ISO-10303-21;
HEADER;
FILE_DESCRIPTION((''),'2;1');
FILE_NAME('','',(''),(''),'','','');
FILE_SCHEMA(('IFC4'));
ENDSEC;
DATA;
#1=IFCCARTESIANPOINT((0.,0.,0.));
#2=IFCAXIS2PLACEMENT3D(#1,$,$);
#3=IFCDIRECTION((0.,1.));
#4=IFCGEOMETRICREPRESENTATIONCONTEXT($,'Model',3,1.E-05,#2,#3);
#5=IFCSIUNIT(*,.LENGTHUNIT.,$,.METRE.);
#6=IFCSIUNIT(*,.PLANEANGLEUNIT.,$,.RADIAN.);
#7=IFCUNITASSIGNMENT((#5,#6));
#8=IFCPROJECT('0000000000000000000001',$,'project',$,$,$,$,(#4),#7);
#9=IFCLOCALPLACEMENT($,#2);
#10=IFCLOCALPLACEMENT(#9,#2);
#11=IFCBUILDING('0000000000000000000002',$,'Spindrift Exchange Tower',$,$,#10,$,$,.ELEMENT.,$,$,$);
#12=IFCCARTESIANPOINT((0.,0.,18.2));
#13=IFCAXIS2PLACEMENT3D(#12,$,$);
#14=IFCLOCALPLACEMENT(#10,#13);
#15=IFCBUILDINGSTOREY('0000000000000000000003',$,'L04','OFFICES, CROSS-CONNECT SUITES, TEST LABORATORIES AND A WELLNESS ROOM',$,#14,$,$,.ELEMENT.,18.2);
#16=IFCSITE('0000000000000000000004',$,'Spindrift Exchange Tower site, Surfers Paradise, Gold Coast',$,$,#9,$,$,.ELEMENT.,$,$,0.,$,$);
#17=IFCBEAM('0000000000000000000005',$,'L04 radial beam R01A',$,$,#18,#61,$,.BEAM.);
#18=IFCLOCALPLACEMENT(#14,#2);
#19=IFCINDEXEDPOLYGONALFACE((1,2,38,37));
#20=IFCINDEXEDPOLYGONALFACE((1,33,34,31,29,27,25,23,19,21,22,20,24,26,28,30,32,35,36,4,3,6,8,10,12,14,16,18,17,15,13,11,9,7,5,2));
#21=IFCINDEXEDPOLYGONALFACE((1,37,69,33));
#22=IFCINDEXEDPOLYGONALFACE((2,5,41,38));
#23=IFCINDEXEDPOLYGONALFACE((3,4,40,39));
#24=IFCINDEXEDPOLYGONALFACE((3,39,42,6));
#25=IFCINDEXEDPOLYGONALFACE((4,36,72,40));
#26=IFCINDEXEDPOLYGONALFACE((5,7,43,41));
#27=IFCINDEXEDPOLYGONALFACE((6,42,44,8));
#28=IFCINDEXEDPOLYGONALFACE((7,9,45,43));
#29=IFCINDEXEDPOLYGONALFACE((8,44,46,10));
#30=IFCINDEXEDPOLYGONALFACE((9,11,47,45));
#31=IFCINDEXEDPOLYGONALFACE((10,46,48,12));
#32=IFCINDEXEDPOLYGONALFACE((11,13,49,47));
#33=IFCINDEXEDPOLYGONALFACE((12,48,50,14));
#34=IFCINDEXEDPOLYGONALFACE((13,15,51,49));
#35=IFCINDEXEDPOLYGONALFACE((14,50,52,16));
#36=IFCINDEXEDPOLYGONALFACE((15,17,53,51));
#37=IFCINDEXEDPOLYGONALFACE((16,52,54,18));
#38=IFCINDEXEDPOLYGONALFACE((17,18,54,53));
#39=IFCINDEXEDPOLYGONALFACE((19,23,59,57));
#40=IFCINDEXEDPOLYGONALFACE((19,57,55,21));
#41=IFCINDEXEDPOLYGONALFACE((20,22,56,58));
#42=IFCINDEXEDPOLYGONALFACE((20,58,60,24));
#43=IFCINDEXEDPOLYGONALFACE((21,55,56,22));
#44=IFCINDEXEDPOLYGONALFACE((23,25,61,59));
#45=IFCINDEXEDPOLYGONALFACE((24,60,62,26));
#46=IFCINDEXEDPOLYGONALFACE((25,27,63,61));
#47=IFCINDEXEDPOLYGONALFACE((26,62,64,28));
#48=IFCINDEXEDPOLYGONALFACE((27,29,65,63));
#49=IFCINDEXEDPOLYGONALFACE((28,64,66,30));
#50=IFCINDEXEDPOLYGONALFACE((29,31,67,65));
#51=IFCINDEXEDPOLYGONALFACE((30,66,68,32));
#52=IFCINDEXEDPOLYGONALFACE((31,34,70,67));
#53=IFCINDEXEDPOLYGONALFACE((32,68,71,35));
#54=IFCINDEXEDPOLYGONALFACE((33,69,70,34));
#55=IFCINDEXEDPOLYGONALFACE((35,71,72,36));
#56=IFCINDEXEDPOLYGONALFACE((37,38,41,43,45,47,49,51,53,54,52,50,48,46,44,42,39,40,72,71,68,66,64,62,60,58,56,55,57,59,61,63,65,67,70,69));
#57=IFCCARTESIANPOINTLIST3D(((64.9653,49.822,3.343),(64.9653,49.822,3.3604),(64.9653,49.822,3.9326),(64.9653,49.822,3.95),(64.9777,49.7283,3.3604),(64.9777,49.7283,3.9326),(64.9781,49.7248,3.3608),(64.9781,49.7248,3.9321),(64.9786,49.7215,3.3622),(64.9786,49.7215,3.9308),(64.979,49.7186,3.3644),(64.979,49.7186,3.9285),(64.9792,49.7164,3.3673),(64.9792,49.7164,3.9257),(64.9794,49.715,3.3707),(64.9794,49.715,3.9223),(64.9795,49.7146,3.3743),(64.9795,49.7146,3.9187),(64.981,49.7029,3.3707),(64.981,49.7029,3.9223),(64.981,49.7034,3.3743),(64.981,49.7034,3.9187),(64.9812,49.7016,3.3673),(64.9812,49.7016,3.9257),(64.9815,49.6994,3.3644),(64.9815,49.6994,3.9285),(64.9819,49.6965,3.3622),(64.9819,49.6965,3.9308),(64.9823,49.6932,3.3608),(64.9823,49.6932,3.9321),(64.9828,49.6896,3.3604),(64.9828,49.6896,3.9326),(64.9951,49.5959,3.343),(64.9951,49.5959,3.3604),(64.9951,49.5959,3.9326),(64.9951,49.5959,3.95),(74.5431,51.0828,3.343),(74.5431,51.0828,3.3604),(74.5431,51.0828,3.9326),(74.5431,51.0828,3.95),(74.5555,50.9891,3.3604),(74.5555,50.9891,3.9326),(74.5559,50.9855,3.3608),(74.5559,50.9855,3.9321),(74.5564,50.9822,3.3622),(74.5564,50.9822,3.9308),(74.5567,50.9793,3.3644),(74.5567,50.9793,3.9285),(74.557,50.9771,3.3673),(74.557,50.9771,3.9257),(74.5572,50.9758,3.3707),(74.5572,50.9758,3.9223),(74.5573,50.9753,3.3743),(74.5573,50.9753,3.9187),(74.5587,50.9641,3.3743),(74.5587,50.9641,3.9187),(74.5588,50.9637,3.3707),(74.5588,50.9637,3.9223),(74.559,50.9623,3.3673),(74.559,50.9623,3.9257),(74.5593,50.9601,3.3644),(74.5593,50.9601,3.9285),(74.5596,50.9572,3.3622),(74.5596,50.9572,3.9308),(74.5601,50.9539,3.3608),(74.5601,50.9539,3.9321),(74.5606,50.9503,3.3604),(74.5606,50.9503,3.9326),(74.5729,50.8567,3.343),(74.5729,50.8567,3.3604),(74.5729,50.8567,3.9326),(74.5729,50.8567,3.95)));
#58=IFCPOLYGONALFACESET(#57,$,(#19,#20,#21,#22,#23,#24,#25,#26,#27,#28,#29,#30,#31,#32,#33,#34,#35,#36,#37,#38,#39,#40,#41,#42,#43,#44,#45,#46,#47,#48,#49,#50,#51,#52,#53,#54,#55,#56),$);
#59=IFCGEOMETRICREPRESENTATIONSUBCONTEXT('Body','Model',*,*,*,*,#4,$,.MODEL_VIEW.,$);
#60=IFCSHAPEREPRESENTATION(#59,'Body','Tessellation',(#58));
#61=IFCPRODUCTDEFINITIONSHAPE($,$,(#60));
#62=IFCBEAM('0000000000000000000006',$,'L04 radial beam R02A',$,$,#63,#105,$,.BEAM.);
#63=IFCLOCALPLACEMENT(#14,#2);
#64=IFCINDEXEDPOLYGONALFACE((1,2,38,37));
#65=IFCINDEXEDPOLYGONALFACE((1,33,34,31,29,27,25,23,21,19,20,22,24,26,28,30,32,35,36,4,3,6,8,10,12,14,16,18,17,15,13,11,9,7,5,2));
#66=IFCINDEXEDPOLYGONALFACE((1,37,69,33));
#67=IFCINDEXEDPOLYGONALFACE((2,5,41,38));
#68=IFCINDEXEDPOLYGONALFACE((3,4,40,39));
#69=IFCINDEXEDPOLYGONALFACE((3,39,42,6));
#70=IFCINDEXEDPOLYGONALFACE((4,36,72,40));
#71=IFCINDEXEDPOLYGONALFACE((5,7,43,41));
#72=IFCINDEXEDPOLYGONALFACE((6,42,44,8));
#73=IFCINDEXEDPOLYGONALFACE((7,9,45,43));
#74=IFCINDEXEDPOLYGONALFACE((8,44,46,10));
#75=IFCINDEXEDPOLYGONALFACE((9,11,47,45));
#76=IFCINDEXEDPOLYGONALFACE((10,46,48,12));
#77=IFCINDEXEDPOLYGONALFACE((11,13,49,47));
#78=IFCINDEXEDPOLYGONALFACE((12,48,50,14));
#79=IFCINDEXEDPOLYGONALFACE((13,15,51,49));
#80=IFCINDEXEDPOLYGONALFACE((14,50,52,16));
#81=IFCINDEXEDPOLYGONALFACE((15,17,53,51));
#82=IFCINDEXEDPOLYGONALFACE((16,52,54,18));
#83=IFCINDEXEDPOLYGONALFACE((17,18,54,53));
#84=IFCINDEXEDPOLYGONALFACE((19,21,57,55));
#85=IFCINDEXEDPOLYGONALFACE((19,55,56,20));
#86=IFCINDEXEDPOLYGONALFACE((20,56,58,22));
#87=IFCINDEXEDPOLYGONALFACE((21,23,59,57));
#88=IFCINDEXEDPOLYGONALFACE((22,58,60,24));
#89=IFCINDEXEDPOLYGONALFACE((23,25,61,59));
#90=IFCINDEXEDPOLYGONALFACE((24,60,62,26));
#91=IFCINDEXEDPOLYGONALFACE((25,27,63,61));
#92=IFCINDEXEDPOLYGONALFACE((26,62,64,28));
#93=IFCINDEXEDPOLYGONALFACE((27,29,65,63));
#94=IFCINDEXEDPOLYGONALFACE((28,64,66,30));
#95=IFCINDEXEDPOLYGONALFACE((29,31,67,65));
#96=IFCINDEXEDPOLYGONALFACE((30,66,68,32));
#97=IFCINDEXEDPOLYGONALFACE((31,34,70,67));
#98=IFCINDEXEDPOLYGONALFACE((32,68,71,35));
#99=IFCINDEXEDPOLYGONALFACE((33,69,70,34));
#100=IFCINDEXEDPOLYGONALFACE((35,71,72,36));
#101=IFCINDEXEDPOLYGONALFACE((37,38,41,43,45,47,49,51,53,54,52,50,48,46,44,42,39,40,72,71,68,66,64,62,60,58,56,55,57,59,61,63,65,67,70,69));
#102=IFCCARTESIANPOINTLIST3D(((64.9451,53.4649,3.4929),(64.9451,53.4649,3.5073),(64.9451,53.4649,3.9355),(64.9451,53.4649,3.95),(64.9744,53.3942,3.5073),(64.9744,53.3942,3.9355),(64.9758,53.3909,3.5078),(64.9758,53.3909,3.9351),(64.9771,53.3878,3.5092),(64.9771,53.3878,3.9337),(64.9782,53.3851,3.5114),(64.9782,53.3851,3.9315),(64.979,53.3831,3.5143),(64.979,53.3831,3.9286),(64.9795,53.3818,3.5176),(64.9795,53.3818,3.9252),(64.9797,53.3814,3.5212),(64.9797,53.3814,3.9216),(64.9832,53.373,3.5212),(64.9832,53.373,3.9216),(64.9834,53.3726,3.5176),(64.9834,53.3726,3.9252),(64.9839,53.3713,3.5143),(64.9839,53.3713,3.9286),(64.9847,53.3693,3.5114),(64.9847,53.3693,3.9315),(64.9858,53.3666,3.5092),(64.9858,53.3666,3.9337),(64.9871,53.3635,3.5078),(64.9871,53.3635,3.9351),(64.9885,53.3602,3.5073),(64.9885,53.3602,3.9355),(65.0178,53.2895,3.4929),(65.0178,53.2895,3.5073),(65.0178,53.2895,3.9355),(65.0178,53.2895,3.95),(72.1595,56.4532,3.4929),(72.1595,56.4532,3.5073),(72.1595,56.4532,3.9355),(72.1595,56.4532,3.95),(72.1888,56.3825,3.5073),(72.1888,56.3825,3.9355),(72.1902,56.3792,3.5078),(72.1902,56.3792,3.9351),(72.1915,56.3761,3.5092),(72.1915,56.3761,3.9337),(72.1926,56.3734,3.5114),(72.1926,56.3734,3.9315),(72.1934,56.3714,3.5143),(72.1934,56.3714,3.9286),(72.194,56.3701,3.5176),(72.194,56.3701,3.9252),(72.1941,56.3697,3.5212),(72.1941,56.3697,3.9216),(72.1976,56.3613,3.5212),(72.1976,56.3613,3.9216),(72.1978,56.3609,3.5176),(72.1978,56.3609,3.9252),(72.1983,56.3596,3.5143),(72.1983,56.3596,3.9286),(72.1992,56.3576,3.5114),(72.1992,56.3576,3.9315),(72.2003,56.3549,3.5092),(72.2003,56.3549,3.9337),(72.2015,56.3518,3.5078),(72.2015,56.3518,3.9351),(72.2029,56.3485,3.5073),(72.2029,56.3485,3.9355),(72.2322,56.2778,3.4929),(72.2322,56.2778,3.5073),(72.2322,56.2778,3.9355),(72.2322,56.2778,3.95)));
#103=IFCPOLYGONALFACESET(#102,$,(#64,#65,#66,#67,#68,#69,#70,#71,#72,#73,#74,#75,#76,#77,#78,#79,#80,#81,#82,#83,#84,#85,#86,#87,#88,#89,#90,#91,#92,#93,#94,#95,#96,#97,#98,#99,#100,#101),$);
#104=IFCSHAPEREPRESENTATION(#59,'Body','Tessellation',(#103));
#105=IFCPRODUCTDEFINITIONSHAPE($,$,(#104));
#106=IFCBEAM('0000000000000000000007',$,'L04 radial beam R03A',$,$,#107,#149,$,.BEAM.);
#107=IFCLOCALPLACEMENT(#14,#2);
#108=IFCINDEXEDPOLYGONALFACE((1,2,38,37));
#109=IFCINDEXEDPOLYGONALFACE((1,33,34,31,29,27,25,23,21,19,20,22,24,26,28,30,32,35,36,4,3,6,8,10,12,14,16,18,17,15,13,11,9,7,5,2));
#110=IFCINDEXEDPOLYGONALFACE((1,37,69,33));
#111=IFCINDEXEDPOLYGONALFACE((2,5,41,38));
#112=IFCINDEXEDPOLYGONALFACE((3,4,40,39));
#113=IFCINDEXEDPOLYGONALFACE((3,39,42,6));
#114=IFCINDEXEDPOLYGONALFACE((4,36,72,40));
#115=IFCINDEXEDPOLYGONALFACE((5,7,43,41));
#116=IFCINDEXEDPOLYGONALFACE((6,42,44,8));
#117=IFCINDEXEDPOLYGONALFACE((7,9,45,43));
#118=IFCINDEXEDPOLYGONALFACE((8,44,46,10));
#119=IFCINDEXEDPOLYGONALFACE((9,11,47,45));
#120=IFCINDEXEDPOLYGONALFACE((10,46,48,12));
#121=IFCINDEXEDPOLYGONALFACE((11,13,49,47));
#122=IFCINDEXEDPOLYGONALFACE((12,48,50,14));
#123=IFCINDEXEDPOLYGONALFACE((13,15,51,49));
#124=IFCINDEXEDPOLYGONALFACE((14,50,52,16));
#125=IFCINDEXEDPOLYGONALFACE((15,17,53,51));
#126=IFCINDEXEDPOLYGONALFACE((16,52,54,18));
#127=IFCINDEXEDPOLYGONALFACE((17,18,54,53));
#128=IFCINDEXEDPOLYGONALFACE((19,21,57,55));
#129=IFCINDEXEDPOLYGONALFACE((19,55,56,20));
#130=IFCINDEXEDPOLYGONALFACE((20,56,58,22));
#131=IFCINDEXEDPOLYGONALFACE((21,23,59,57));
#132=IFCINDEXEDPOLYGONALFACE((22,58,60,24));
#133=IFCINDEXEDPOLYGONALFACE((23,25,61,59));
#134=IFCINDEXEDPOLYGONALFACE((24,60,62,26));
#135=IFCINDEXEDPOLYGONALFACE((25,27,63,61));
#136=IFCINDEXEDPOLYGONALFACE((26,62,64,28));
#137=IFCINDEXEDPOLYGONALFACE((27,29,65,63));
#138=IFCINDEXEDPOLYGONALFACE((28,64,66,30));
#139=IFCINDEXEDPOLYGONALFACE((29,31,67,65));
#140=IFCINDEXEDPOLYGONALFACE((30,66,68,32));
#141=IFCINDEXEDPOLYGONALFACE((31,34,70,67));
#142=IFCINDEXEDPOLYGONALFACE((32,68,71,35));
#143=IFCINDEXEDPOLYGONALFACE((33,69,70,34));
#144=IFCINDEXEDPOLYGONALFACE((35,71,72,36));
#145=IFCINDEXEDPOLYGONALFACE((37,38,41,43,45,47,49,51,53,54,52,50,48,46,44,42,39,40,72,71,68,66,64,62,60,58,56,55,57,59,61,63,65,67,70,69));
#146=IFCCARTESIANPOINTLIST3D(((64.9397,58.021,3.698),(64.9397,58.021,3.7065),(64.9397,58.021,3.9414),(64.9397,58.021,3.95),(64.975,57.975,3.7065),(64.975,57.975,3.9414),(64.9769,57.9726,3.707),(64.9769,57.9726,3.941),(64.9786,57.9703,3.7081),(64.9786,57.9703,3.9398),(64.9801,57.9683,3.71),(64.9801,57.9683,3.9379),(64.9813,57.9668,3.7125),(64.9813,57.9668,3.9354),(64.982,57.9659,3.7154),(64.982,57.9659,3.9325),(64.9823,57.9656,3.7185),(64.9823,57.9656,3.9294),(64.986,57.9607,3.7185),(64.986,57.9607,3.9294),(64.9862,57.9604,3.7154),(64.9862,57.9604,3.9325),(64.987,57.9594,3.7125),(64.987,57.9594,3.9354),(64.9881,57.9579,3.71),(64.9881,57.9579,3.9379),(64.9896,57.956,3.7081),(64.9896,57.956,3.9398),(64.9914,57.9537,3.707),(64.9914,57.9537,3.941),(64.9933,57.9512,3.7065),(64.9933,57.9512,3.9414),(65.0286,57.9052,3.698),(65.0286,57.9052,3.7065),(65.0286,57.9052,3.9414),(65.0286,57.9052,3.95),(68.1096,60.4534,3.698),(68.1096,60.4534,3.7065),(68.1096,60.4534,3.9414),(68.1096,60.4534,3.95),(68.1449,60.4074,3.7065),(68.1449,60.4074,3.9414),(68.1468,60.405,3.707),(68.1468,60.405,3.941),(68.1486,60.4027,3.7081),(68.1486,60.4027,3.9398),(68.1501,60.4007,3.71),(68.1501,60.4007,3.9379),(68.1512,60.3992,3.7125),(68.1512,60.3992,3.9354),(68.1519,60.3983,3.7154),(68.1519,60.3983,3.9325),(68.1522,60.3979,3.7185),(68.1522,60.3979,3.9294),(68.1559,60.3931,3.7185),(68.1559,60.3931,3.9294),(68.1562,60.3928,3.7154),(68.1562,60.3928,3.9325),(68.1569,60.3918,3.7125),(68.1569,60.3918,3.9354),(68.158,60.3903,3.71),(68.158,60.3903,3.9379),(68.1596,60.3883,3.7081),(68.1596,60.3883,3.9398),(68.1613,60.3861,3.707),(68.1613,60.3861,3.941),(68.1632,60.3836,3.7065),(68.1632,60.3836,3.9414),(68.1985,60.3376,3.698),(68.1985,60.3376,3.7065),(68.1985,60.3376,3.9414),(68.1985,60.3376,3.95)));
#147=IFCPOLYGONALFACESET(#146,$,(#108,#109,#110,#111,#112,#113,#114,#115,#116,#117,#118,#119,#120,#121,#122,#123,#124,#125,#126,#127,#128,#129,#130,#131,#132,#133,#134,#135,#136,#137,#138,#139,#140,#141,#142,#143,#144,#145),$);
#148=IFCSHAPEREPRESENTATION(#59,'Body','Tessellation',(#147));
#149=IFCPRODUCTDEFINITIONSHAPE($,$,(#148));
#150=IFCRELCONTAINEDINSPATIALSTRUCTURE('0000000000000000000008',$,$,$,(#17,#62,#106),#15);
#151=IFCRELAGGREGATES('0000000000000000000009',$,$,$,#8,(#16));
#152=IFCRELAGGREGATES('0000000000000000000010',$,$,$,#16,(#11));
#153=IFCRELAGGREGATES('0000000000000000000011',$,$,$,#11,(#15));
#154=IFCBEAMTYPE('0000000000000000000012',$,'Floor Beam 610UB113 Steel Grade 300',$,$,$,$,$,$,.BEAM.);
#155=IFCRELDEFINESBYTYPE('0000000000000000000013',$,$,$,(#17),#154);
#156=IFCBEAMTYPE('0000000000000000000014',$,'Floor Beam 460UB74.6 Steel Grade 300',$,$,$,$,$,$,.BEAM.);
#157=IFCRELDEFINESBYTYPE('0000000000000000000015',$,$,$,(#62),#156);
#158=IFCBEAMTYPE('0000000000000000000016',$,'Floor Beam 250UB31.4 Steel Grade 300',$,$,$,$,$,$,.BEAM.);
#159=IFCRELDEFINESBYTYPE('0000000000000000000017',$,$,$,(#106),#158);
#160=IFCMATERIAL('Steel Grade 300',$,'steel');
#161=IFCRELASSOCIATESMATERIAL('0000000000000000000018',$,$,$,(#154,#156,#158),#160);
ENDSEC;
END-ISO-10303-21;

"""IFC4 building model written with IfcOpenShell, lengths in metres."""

from ifc_helpers import new_model, si_unit, direction, frame, origin, origin_2d, place, context, subcontext, project, spatial, i_section, extrude, source, transform, mapped, material, material_profile, profile_set, type_object, element, save


model = new_model("IFC4")

# Units and contexts
model_context = context("Model", 3, precision=1e-05, world=origin(), true_north=direction((0.0, 1.0)))
body_context = subcontext(model_context, "Body", "Model", "MODEL_VIEW")
ifc_project = project(units=[si_unit("LENGTHUNIT", "METRE"), si_unit("PLANEANGLEUNIT", "RADIAN")], contexts=[model_context])

# Site, building, storey
site_placement = place(None, origin())
site = spatial("IfcSite", under=ifc_project, at=site_placement, Name="Spindrift Exchange Tower site, Surfers Paradise, Gold Coast", CompositionType="ELEMENT", RefElevation=0.0)
building_placement = place(site_placement, origin())
building = spatial("IfcBuilding", under=site, at=building_placement, Name="Spindrift Exchange Tower", CompositionType="ELEMENT")
storey_placement = place(building_placement, frame((0.0, 0.0, 18.2)))
storey = spatial("IfcBuildingStorey", under=building, at=storey_placement, Name="L04", Description="OFFICES, CROSS-CONNECT SUITES, TEST LABORATORIES AND A WELLNESS ROOM", CompositionType="ELEMENT", Elevation=18.2)

# Beams
ifc_material_1 = material(Name="Steel Grade 300", Category="steel")
ifc_material_profile_1 = material_profile(ifc_material_1, i_section(OverallWidth=0.228, OverallDepth=0.6069, WebThickness=0.0112, FlangeThickness=0.0173, FilletRadius=0.0139, at=origin_2d()), Name="610UB113")
ifc_profile_set_1 = profile_set([ifc_material_profile_1], Name="Steel Grade 300")
beam_type_1 = type_object("IfcBeamType", Name="Floor Beam 610UB113 Steel Grade 300", PredefinedType="BEAM", material=ifc_profile_set_1)
shared_shape_1 = source(origin(), body_context, "Body", "SweptSolid", [
    extrude(i_section(OverallWidth=0.228, OverallDepth=0.6069, WebThickness=0.0112, FlangeThickness=0.0173, FilletRadius=0.0139, at=origin_2d()), origin(), (0.0, 0.0, 1.0), 9.6604),
])
beam_1_placement = place(storey_placement, frame((64.9802, 49.709, 3.6465), z_axis=(0.991448, 0.130505, 0.0), x_axis=(-0.130505, 0.991448, 0.0)))
element("IfcBeam", 1, at=beam_1_placement, inside=storey, type_object=beam_type_1, Name="L04 radial beam R01A", PredefinedType="BEAM", context=body_context, shape_type="MappedRepresentation", body=[
    mapped(shared_shape_1, transform((0.0, 0.0, 0.0), scale=1.0)),
])
ifc_material_profile_2 = material_profile(ifc_material_1, i_section(OverallWidth=0.1899, OverallDepth=0.457, WebThickness=0.009, FlangeThickness=0.0144, FilletRadius=0.0139, at=origin_2d()), Name="460UB74.6")
ifc_profile_set_2 = profile_set([ifc_material_profile_2], Name="Steel Grade 300")
beam_type_2 = type_object("IfcBeamType", Name="Floor Beam 460UB74.6 Steel Grade 300", PredefinedType="BEAM", material=ifc_profile_set_2)
shared_shape_2 = source(origin(), body_context, "Body", "SweptSolid", [
    extrude(i_section(OverallWidth=0.1899, OverallDepth=0.457, WebThickness=0.009, FlangeThickness=0.0144, FilletRadius=0.0139, at=origin_2d()), origin(), (0.0, 0.0, 1.0), 7.8088),
])
beam_2_placement = place(storey_placement, frame((64.9814, 53.3772, 3.7214), z_axis=(0.92388, 0.382683, 0.0), x_axis=(-0.382683, 0.92388, 0.0)))
element("IfcBeam", 2, at=beam_2_placement, inside=storey, type_object=beam_type_2, Name="L04 radial beam R02A", PredefinedType="BEAM", context=body_context, shape_type="MappedRepresentation", body=[
    mapped(shared_shape_2, transform((0.0, 0.0, 0.0), scale=1.0)),
])
ifc_material_profile_3 = material_profile(ifc_material_1, i_section(OverallWidth=0.146, OverallDepth=0.252, WebThickness=0.0061, FlangeThickness=0.0085, FilletRadius=0.012, at=origin_2d()), Name="250UB31.4")
ifc_profile_set_3 = profile_set([ifc_material_profile_3], Name="Steel Grade 300")
beam_type_3 = type_object("IfcBeamType", Name="Floor Beam 250UB31.4 Steel Grade 300", PredefinedType="BEAM", material=ifc_profile_set_3)
shared_shape_3 = source(origin(), body_context, "Body", "SweptSolid", [
    extrude(i_section(OverallWidth=0.146, OverallDepth=0.252, WebThickness=0.0061, FlangeThickness=0.0085, FilletRadius=0.012, at=origin_2d()), origin(), (0.0, 0.0, 1.0), 3.9956),
])
beam_3_placement = place(storey_placement, frame((64.9841, 57.9631, 3.824), z_axis=(0.793353, 0.608762, 0.0), x_axis=(-0.608762, 0.793353, 0.0)))
element("IfcBeam", 3, at=beam_3_placement, inside=storey, type_object=beam_type_3, Name="L04 radial beam R03A", PredefinedType="BEAM", context=body_context, shape_type="MappedRepresentation", body=[
    mapped(shared_shape_3, transform((0.0, 0.0, 0.0), scale=1.0)),
])

save(model, "model.ifc")
